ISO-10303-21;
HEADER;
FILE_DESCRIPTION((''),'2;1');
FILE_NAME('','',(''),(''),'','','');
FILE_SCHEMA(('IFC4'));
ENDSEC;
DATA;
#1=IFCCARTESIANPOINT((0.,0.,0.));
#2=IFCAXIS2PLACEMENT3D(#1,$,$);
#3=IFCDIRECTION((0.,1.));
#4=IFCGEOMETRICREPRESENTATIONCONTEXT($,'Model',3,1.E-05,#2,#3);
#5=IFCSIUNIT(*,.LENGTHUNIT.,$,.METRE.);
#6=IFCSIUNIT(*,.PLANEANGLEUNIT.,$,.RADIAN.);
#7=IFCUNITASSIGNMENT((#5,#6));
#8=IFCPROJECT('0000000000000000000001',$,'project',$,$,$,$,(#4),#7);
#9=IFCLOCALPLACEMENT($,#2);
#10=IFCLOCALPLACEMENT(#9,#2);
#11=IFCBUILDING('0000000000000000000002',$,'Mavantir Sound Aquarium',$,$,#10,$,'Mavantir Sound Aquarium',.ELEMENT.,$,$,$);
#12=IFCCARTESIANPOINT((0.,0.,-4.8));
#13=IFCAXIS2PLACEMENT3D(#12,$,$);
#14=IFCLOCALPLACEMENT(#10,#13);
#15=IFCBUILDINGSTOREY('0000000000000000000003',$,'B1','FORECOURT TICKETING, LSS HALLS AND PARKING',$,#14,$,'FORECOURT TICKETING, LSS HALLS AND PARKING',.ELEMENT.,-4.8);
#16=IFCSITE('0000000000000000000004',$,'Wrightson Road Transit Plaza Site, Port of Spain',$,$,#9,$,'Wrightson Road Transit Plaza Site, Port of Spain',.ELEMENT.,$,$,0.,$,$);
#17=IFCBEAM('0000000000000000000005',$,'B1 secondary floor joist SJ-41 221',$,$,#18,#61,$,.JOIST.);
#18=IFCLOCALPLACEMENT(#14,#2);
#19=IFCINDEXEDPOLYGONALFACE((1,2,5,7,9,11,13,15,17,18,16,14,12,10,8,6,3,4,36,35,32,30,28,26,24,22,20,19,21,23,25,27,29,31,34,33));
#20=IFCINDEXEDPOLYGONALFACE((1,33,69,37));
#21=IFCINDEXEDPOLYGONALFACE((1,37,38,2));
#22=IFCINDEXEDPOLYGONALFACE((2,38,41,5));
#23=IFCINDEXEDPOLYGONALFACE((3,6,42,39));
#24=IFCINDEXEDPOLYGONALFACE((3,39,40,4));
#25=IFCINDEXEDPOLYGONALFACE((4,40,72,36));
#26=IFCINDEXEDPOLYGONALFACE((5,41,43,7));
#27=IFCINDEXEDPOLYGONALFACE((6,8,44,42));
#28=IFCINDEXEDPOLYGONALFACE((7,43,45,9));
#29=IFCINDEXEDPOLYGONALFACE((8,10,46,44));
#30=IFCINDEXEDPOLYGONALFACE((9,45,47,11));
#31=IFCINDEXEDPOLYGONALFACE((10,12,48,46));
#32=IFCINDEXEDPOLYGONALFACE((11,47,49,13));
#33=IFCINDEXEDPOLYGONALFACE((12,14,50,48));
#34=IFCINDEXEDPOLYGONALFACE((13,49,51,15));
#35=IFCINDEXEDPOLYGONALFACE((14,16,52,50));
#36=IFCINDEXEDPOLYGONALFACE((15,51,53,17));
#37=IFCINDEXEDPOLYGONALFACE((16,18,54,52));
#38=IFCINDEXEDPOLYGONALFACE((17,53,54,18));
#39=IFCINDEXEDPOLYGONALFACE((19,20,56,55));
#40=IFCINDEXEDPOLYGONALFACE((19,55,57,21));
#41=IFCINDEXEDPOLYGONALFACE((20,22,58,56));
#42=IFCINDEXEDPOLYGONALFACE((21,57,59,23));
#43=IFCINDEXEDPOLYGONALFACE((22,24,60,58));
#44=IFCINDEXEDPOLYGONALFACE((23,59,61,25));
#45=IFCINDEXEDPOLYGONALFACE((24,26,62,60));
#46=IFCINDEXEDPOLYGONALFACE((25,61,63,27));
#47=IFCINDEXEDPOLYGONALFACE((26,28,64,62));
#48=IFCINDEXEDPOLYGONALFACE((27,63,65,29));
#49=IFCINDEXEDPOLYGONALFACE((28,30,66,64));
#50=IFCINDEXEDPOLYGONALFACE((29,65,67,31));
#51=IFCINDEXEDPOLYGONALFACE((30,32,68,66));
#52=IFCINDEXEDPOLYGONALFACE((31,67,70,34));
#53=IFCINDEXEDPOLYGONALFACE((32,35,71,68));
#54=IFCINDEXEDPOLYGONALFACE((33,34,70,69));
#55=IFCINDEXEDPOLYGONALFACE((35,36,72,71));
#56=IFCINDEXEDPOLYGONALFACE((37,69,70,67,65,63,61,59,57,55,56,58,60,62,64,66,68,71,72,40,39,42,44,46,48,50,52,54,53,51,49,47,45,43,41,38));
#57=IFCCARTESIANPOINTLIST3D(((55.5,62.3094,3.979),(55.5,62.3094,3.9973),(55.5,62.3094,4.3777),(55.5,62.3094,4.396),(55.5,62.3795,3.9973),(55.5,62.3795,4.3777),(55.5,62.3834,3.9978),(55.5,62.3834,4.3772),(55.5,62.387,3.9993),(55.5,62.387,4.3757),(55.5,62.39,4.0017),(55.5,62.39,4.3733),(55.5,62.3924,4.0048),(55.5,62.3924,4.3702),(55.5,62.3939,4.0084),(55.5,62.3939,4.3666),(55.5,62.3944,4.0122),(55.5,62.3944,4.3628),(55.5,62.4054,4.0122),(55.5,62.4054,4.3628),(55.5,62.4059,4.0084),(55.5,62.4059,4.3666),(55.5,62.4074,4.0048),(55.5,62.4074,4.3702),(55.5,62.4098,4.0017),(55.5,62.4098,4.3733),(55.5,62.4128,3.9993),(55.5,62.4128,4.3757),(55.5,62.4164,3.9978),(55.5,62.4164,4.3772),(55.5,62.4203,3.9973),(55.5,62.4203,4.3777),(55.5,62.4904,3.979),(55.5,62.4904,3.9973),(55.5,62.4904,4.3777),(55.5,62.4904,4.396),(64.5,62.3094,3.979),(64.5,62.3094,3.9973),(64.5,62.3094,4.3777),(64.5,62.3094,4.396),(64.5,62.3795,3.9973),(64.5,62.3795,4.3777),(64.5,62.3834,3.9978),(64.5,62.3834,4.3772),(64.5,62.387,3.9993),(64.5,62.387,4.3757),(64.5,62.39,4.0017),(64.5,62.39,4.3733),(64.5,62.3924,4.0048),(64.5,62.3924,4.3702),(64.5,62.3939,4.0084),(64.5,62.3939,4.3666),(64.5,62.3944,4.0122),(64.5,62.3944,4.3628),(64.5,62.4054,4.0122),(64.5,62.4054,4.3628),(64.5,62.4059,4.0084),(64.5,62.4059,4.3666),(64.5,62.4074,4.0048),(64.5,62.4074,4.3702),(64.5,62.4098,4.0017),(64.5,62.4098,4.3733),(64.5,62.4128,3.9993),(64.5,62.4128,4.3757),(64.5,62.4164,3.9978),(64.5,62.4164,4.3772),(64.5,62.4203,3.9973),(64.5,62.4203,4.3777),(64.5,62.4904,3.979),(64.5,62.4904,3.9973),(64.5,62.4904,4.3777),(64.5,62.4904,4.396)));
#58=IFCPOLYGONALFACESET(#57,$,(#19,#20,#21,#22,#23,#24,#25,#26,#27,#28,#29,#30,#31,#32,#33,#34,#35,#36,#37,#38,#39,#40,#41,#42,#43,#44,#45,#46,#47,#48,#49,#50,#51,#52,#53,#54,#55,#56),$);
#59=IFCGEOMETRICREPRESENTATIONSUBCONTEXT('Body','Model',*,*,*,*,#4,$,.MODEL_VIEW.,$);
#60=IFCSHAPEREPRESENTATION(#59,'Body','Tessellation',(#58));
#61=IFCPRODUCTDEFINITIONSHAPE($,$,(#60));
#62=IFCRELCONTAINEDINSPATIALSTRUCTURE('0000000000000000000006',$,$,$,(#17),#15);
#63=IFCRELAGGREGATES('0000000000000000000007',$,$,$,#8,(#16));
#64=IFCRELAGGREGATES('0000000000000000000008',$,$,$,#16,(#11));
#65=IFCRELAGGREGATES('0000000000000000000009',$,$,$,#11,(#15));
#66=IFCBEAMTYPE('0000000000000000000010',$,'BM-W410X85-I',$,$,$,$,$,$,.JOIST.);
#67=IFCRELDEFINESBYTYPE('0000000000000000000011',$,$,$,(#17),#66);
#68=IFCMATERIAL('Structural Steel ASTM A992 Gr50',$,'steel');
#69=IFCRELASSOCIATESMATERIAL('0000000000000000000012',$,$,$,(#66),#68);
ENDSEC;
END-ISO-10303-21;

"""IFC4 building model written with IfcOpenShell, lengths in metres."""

from ifc_helpers import new_model, si_unit, direction, frame, origin, origin_2d, place, context, subcontext, project, spatial, i_section, extrude, material, material_profile, profile_set, type_object, element, save


model = new_model("IFC4")

# Units and contexts
model_context = context("Model", 3, precision=1e-05, world=origin(), true_north=direction((0.0, 1.0)))
body_context = subcontext(model_context, "Body", "Model", "MODEL_VIEW")
ifc_project = project(units=[si_unit("LENGTHUNIT", "METRE"), si_unit("PLANEANGLEUNIT", "RADIAN")], contexts=[model_context])

# Site, building, storey
site_placement = place(None, origin())
site = spatial("IfcSite", under=ifc_project, at=site_placement, Name="Wrightson Road Transit Plaza Site, Port of Spain", LongName="Wrightson Road Transit Plaza Site, Port of Spain", CompositionType="ELEMENT", RefElevation=0.0)
building_placement = place(site_placement, origin())
building = spatial("IfcBuilding", under=site, at=building_placement, Name="Mavantir Sound Aquarium", LongName="Mavantir Sound Aquarium", CompositionType="ELEMENT")
storey_placement = place(building_placement, frame((0.0, 0.0, -4.8)))
storey = spatial("IfcBuildingStorey", under=building, at=storey_placement, Name="B1", Description="FORECOURT TICKETING, LSS HALLS AND PARKING", LongName="FORECOURT TICKETING, LSS HALLS AND PARKING", CompositionType="ELEMENT", Elevation=-4.8)

# Beam
ifc_material_1 = material(Name="Structural Steel ASTM A992 Gr50", Category="steel")
ifc_material_profile_1 = material_profile(ifc_material_1, i_section(OverallWidth=0.1809, OverallDepth=0.417, WebThickness=0.011, FlangeThickness=0.0183, FilletRadius=0.0149, at=origin_2d()), Name="W410X85")
ifc_profile_set_1 = profile_set([ifc_material_profile_1], Name="Structural Steel ASTM A992 Gr50")
beam_type_1 = type_object("IfcBeamType", Name="BM-W410X85-I", PredefinedType="JOIST", material=ifc_profile_set_1)
for number, where, z_axis, x_axis, name in (
    (1, (55.5, 62.3999, 4.1875), (1.0, 0.0, 0.0), (0.0, 1.0, 0.0), "B1 secondary floor joist SJ-41 221"),
):
    element("IfcBeam", number, at=place(storey_placement, frame(where, z_axis=z_axis, x_axis=x_axis)), inside=storey, type_object=beam_type_1, Name=name, PredefinedType="JOIST", context=body_context, shape_type="SweptSolid", body=[
        extrude(i_section(OverallWidth=0.1809, OverallDepth=0.417, WebThickness=0.011, FlangeThickness=0.0183, FilletRadius=0.0149, at=origin_2d()), origin(), (0.0, 0.0, 1.0), 9.0),
    ])

save(model, "model.ifc")
